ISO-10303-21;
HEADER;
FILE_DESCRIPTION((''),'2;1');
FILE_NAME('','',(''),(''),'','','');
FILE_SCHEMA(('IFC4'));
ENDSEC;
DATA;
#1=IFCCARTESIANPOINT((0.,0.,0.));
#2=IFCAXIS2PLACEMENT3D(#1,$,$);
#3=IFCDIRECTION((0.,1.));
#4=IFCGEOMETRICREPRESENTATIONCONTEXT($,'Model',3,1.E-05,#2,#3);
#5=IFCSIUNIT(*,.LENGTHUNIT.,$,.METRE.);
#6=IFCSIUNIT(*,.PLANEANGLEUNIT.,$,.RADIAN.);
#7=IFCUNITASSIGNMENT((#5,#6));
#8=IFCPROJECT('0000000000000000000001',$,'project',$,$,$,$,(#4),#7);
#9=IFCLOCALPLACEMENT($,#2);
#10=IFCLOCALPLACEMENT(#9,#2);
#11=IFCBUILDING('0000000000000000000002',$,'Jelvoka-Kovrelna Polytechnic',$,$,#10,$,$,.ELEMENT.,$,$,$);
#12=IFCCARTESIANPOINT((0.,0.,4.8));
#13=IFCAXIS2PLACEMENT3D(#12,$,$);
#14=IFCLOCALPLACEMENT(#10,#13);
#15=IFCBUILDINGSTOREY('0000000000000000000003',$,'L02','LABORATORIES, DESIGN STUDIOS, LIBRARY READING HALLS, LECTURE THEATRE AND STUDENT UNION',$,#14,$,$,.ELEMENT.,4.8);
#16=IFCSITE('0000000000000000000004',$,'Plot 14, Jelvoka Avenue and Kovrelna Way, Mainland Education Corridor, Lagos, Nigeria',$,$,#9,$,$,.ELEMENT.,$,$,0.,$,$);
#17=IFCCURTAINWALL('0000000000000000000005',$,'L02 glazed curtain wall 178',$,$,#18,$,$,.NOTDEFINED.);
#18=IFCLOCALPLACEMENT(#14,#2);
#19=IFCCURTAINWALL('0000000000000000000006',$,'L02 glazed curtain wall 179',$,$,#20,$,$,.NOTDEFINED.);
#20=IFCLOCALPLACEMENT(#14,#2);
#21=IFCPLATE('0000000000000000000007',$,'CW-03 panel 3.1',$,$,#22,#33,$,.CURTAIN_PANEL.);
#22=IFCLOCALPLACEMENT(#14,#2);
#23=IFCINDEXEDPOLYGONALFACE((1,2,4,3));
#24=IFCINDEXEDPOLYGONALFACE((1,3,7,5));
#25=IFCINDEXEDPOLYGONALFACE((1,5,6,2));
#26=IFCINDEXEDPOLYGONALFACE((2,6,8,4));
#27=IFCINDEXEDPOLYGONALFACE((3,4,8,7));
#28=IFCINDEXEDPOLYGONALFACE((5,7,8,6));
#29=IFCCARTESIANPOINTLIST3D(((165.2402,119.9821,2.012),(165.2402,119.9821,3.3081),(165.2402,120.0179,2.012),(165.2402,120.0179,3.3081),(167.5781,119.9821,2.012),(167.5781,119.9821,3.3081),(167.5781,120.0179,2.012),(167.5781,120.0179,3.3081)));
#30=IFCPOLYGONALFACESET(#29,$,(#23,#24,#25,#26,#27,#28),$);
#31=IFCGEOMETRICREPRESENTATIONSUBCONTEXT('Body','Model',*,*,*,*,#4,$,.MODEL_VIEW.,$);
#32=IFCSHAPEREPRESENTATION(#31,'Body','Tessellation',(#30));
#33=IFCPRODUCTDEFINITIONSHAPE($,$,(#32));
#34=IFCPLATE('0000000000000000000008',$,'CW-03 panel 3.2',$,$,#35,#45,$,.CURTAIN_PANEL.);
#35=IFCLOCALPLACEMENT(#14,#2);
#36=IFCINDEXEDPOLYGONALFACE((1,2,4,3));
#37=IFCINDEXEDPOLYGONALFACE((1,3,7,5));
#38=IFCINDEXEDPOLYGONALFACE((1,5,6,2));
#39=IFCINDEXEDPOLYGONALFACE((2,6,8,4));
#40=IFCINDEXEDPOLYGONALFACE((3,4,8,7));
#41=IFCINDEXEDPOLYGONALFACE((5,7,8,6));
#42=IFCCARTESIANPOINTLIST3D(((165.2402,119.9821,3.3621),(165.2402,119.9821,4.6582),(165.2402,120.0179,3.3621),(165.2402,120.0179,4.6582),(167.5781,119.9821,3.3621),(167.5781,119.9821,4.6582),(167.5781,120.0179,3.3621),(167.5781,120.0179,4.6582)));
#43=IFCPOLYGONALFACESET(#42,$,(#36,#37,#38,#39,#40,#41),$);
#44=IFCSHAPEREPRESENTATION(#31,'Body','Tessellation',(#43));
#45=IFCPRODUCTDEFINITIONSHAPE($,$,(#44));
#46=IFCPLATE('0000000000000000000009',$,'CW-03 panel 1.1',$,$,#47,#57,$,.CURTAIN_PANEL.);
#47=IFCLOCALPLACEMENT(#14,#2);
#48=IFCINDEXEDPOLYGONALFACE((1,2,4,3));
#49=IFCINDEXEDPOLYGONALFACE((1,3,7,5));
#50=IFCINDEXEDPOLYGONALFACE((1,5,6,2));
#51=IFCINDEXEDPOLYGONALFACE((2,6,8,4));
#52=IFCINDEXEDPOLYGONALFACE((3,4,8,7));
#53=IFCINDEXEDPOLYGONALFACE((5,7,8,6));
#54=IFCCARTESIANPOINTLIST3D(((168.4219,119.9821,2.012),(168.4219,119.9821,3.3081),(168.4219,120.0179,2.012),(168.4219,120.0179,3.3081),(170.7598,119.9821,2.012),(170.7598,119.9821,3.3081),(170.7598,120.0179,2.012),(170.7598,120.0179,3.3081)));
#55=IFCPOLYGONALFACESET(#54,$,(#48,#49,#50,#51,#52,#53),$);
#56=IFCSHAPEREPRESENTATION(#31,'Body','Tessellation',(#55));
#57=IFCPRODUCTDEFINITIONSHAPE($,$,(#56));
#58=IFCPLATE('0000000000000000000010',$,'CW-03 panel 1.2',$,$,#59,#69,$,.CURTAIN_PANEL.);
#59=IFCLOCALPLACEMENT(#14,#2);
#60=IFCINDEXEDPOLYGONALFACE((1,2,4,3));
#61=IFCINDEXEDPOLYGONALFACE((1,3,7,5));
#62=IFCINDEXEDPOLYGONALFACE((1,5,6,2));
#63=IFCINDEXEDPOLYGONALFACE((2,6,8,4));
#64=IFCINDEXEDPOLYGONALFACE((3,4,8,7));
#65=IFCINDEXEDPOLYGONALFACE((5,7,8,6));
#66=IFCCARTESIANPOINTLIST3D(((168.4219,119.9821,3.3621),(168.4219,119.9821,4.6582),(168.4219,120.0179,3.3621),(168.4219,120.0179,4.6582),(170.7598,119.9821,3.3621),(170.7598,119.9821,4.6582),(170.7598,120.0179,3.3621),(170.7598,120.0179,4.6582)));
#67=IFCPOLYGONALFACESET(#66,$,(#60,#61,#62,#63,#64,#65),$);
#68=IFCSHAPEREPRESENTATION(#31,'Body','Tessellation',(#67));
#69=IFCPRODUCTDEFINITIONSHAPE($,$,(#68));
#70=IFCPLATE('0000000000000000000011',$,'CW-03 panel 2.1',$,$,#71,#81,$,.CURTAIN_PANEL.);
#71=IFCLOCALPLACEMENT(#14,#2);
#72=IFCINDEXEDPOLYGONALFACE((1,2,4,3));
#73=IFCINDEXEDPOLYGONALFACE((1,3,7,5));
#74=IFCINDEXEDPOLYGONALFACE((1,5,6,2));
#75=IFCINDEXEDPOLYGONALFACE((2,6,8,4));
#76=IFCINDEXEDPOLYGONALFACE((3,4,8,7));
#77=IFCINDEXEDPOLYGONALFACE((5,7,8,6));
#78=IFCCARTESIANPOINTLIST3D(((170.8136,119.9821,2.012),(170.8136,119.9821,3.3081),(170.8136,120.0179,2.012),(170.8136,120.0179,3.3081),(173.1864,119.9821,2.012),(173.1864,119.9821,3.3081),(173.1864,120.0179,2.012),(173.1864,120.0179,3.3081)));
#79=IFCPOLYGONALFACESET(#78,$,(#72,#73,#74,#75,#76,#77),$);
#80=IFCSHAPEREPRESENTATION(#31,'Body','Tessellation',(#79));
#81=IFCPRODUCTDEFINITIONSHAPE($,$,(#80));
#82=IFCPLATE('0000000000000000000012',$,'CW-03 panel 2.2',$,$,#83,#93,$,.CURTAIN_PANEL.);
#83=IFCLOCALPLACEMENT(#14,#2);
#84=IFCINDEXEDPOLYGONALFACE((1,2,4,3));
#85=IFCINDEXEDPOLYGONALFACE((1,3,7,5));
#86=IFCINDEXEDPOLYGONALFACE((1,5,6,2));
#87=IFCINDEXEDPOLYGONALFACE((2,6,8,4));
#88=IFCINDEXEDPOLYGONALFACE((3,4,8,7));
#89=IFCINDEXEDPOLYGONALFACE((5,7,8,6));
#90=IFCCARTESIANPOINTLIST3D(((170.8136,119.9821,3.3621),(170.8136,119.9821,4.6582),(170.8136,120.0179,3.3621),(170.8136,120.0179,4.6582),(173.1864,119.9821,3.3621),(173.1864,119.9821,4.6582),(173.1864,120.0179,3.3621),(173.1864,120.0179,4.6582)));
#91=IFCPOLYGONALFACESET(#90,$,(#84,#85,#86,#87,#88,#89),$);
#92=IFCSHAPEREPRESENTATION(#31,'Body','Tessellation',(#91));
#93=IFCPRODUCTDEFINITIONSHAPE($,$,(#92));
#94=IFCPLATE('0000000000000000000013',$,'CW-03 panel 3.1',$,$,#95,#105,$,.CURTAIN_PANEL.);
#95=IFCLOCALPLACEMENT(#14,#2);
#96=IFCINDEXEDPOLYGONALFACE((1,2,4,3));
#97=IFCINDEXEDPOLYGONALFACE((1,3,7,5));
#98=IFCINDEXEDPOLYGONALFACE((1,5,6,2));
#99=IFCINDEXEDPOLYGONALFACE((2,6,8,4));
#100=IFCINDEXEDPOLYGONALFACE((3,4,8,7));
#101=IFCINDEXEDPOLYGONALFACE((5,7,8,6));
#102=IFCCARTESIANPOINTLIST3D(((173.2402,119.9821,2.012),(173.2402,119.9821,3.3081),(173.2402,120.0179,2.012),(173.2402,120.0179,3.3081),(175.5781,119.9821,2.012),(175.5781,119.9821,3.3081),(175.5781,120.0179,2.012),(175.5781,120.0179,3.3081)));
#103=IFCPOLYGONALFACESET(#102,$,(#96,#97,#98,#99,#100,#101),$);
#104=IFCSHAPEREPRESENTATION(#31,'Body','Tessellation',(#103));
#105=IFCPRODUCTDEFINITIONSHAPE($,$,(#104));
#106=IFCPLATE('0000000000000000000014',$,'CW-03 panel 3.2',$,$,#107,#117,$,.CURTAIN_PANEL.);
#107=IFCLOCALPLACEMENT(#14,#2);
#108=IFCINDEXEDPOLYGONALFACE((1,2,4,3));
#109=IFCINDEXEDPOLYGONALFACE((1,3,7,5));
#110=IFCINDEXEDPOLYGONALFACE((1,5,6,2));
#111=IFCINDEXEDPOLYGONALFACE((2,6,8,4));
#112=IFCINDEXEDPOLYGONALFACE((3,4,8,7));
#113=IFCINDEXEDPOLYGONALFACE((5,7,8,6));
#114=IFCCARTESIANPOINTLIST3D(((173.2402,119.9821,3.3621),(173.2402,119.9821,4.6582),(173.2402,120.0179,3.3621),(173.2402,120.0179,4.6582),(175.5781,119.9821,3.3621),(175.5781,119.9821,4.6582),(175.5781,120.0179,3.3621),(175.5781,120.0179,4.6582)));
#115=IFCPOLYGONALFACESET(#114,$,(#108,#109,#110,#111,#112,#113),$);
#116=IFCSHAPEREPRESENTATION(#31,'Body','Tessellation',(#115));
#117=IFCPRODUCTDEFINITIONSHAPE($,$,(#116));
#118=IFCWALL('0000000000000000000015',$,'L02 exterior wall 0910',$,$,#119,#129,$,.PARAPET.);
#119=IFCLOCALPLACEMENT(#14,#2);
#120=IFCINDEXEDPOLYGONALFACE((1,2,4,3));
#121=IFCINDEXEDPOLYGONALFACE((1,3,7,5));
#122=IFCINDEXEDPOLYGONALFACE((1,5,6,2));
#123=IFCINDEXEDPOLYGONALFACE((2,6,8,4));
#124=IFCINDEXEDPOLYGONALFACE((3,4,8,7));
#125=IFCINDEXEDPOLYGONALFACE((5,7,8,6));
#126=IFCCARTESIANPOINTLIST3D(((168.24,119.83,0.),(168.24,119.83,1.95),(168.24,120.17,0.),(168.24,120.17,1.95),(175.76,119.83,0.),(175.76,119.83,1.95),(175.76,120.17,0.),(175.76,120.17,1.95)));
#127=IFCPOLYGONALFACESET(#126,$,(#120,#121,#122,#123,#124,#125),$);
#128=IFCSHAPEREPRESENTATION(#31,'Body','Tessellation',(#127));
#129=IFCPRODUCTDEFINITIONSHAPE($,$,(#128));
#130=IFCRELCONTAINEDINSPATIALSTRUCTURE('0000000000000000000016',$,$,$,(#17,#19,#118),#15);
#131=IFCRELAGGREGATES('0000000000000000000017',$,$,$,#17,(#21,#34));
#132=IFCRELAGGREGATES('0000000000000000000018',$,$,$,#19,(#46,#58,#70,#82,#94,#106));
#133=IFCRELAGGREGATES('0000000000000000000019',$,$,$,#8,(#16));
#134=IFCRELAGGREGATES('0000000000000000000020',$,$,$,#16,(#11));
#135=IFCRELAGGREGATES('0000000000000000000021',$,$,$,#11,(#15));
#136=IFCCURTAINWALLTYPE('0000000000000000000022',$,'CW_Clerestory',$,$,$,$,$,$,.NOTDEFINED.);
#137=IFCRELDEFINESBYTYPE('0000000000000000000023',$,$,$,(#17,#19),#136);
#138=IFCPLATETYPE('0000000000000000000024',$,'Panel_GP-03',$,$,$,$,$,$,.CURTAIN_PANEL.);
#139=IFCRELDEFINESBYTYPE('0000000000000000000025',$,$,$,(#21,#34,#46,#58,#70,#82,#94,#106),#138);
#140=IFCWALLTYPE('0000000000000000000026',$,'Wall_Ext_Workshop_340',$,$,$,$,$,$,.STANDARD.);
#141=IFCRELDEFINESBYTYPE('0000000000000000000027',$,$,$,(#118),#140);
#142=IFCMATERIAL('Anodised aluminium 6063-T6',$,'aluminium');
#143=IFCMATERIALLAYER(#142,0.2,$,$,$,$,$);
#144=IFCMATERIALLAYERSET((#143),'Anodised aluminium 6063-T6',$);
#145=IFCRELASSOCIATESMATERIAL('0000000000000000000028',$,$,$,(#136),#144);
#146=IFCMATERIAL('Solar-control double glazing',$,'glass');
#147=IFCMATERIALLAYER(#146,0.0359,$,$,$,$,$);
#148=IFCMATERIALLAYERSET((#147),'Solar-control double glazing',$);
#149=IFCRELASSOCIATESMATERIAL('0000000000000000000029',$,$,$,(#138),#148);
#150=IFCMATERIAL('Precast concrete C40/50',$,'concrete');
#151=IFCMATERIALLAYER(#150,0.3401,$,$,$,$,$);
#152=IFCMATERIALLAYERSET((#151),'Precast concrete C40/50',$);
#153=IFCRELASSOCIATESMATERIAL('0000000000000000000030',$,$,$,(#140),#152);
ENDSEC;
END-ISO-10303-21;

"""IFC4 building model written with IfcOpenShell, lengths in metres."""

from ifc_helpers import new_model, si_unit, direction, frame, frame_2d, origin, origin_2d, place, context, subcontext, project, spatial, rectangle, extrude, material, layer, layer_set, type_object, element, aggregate, save


model = new_model("IFC4")

# Units and contexts
model_context = context("Model", 3, precision=1e-05, world=origin(), true_north=direction((0.0, 1.0)))
body_context = subcontext(model_context, "Body", "Model", "MODEL_VIEW")
ifc_project = project(units=[si_unit("LENGTHUNIT", "METRE"), si_unit("PLANEANGLEUNIT", "RADIAN")], contexts=[model_context])

# Site, building, storey
site_placement = place(None, origin())
site = spatial("IfcSite", under=ifc_project, at=site_placement, Name="Plot 14, Jelvoka Avenue and Kovrelna Way, Mainland Education Corridor, Lagos, Nigeria", CompositionType="ELEMENT", RefElevation=0.0)
building_placement = place(site_placement, origin())
building = spatial("IfcBuilding", under=site, at=building_placement, Name="Jelvoka-Kovrelna Polytechnic", CompositionType="ELEMENT")
storey_placement = place(building_placement, frame((0.0, 0.0, 4.8)))
storey = spatial("IfcBuildingStorey", under=building, at=storey_placement, Name="L02", Description="LABORATORIES, DESIGN STUDIOS, LIBRARY READING HALLS, LECTURE THEATRE AND STUDENT UNION", CompositionType="ELEMENT", Elevation=4.8)

# Curtain wall
ifc_material_1 = material(Name="Anodised aluminium 6063-T6", Category="aluminium")
ifc_layer_1 = layer(ifc_material_1, 0.2)
ifc_layer_set_1 = layer_set([ifc_layer_1], Name="Anodised aluminium 6063-T6")
curtain_wall_type = type_object("IfcCurtainWallType", Name="CW_Clerestory", PredefinedType="NOTDEFINED", material=ifc_layer_set_1)
curtain_wall_1_placement = place(storey_placement, origin())
curtain_wall_1 = element("IfcCurtainWall", 1, at=curtain_wall_1_placement, inside=storey, type_object=curtain_wall_type, Name="L02 glazed curtain wall 178", PredefinedType="NOTDEFINED")

# Curtain wall
curtain_wall_2_placement = place(storey_placement, origin())
curtain_wall_2 = element("IfcCurtainWall", 2, at=curtain_wall_2_placement, inside=storey, type_object=curtain_wall_type, Name="L02 glazed curtain wall 179", PredefinedType="NOTDEFINED")

# Plates
ifc_material_2 = material(Name="Solar-control double glazing", Category="glass")
ifc_layer_2 = layer(ifc_material_2, 0.0359)
ifc_layer_set_2 = layer_set([ifc_layer_2], Name="Solar-control double glazing")
plate_type = type_object("IfcPlateType", Name="Panel_GP-03", PredefinedType="CURTAIN_PANEL", material=ifc_layer_set_2)
plate_1_placement = place(storey_placement, frame((166.4092, 120.0, 2.012), z_axis=(0.0, 0.0, 1.0), x_axis=(1.0, 0.0, 0.0)))
plate_1 = element("IfcPlate", 3, at=plate_1_placement, type_object=plate_type, Name="CW-03 panel 3.1", PredefinedType="CURTAIN_PANEL", context=body_context, shape_type="SweptSolid", body=[
    extrude(rectangle(XDim=2.3379, YDim=0.0359, at=origin_2d()), origin(), (0.0, 0.0, 1.0), 1.2961),
])
plate_2_placement = place(storey_placement, frame((166.4092, 120.0, 3.3621), z_axis=(0.0, 0.0, 1.0), x_axis=(1.0, 0.0, 0.0)))
plate_2 = element("IfcPlate", 4, at=plate_2_placement, type_object=plate_type, Name="CW-03 panel 3.2", PredefinedType="CURTAIN_PANEL", context=body_context, shape_type="SweptSolid", body=[
    extrude(rectangle(XDim=2.3379, YDim=0.0359, at=origin_2d()), origin(), (0.0, 0.0, 1.0), 1.2961),
])
aggregate(curtain_wall_1, [plate_1, plate_2])
plate_3_placement = place(storey_placement, frame((169.5908, 120.0, 2.012), z_axis=(0.0, 0.0, 1.0), x_axis=(1.0, 0.0, 0.0)))
plate_3 = element("IfcPlate", 5, at=plate_3_placement, type_object=plate_type, Name="CW-03 panel 1.1", PredefinedType="CURTAIN_PANEL", context=body_context, shape_type="SweptSolid", body=[
    extrude(rectangle(XDim=2.3379, YDim=0.0359, at=origin_2d()), origin(), (0.0, 0.0, 1.0), 1.2961),
])
plate_4_placement = place(storey_placement, frame((169.5908, 120.0, 3.3621), z_axis=(0.0, 0.0, 1.0), x_axis=(1.0, 0.0, 0.0)))
plate_4 = element("IfcPlate", 6, at=plate_4_placement, type_object=plate_type, Name="CW-03 panel 1.2", PredefinedType="CURTAIN_PANEL", context=body_context, shape_type="SweptSolid", body=[
    extrude(rectangle(XDim=2.3379, YDim=0.0359, at=origin_2d()), origin(), (0.0, 0.0, 1.0), 1.2961),
])
plate_5_placement = place(storey_placement, frame((172.0, 120.0, 2.012), z_axis=(0.0, 0.0, 1.0), x_axis=(1.0, 0.0, 0.0)))
plate_5 = element("IfcPlate", 7, at=plate_5_placement, type_object=plate_type, Name="CW-03 panel 2.1", PredefinedType="CURTAIN_PANEL", context=body_context, shape_type="SweptSolid", body=[
    extrude(rectangle(XDim=2.3728, YDim=0.0359, at=origin_2d()), origin(), (0.0, 0.0, 1.0), 1.2961),
])
plate_6_placement = place(storey_placement, frame((172.0, 120.0, 3.3621), z_axis=(0.0, 0.0, 1.0), x_axis=(1.0, 0.0, 0.0)))
plate_6 = element("IfcPlate", 8, at=plate_6_placement, type_object=plate_type, Name="CW-03 panel 2.2", PredefinedType="CURTAIN_PANEL", context=body_context, shape_type="SweptSolid", body=[
    extrude(rectangle(XDim=2.3728, YDim=0.0359, at=origin_2d()), origin(), (0.0, 0.0, 1.0), 1.2961),
])
plate_7_placement = place(storey_placement, frame((174.4092, 120.0, 2.012), z_axis=(0.0, 0.0, 1.0), x_axis=(1.0, 0.0, 0.0)))
plate_7 = element("IfcPlate", 9, at=plate_7_placement, type_object=plate_type, Name="CW-03 panel 3.1", PredefinedType="CURTAIN_PANEL", context=body_context, shape_type="SweptSolid", body=[
    extrude(rectangle(XDim=2.3379, YDim=0.0359, at=origin_2d()), origin(), (0.0, 0.0, 1.0), 1.2961),
])
plate_8_placement = place(storey_placement, frame((174.4092, 120.0, 3.3621), z_axis=(0.0, 0.0, 1.0), x_axis=(1.0, 0.0, 0.0)))
plate_8 = element("IfcPlate", 10, at=plate_8_placement, type_object=plate_type, Name="CW-03 panel 3.2", PredefinedType="CURTAIN_PANEL", context=body_context, shape_type="SweptSolid", body=[
    extrude(rectangle(XDim=2.3379, YDim=0.0359, at=origin_2d()), origin(), (0.0, 0.0, 1.0), 1.2961),
])
aggregate(curtain_wall_2, [plate_3, plate_4, plate_5, plate_6, plate_7, plate_8])

# Wall
ifc_material_3 = material(Name="Precast concrete C40/50", Category="concrete")
ifc_layer_3 = layer(ifc_material_3, 0.3401)
ifc_layer_set_3 = layer_set([ifc_layer_3], Name="Precast concrete C40/50")
wall_type = type_object("IfcWallType", Name="Wall_Ext_Workshop_340", PredefinedType="STANDARD", material=ifc_layer_set_3)
wall_placement = place(storey_placement, frame((168.24, 120.0, 0.0), z_axis=(0.0, 0.0, 1.0), x_axis=(1.0, 0.0, 0.0)))
element("IfcWall", 11, at=wall_placement, inside=storey, type_object=wall_type, Name="L02 exterior wall 0910", PredefinedType="PARAPET", context=body_context, shape_type="SweptSolid", body=[
    extrude(rectangle(XDim=7.52, YDim=0.3401, at=frame_2d((3.76, 0.0))), origin(), (0.0, 0.0, 1.0), 1.95),
])

save(model, "model.ifc")
